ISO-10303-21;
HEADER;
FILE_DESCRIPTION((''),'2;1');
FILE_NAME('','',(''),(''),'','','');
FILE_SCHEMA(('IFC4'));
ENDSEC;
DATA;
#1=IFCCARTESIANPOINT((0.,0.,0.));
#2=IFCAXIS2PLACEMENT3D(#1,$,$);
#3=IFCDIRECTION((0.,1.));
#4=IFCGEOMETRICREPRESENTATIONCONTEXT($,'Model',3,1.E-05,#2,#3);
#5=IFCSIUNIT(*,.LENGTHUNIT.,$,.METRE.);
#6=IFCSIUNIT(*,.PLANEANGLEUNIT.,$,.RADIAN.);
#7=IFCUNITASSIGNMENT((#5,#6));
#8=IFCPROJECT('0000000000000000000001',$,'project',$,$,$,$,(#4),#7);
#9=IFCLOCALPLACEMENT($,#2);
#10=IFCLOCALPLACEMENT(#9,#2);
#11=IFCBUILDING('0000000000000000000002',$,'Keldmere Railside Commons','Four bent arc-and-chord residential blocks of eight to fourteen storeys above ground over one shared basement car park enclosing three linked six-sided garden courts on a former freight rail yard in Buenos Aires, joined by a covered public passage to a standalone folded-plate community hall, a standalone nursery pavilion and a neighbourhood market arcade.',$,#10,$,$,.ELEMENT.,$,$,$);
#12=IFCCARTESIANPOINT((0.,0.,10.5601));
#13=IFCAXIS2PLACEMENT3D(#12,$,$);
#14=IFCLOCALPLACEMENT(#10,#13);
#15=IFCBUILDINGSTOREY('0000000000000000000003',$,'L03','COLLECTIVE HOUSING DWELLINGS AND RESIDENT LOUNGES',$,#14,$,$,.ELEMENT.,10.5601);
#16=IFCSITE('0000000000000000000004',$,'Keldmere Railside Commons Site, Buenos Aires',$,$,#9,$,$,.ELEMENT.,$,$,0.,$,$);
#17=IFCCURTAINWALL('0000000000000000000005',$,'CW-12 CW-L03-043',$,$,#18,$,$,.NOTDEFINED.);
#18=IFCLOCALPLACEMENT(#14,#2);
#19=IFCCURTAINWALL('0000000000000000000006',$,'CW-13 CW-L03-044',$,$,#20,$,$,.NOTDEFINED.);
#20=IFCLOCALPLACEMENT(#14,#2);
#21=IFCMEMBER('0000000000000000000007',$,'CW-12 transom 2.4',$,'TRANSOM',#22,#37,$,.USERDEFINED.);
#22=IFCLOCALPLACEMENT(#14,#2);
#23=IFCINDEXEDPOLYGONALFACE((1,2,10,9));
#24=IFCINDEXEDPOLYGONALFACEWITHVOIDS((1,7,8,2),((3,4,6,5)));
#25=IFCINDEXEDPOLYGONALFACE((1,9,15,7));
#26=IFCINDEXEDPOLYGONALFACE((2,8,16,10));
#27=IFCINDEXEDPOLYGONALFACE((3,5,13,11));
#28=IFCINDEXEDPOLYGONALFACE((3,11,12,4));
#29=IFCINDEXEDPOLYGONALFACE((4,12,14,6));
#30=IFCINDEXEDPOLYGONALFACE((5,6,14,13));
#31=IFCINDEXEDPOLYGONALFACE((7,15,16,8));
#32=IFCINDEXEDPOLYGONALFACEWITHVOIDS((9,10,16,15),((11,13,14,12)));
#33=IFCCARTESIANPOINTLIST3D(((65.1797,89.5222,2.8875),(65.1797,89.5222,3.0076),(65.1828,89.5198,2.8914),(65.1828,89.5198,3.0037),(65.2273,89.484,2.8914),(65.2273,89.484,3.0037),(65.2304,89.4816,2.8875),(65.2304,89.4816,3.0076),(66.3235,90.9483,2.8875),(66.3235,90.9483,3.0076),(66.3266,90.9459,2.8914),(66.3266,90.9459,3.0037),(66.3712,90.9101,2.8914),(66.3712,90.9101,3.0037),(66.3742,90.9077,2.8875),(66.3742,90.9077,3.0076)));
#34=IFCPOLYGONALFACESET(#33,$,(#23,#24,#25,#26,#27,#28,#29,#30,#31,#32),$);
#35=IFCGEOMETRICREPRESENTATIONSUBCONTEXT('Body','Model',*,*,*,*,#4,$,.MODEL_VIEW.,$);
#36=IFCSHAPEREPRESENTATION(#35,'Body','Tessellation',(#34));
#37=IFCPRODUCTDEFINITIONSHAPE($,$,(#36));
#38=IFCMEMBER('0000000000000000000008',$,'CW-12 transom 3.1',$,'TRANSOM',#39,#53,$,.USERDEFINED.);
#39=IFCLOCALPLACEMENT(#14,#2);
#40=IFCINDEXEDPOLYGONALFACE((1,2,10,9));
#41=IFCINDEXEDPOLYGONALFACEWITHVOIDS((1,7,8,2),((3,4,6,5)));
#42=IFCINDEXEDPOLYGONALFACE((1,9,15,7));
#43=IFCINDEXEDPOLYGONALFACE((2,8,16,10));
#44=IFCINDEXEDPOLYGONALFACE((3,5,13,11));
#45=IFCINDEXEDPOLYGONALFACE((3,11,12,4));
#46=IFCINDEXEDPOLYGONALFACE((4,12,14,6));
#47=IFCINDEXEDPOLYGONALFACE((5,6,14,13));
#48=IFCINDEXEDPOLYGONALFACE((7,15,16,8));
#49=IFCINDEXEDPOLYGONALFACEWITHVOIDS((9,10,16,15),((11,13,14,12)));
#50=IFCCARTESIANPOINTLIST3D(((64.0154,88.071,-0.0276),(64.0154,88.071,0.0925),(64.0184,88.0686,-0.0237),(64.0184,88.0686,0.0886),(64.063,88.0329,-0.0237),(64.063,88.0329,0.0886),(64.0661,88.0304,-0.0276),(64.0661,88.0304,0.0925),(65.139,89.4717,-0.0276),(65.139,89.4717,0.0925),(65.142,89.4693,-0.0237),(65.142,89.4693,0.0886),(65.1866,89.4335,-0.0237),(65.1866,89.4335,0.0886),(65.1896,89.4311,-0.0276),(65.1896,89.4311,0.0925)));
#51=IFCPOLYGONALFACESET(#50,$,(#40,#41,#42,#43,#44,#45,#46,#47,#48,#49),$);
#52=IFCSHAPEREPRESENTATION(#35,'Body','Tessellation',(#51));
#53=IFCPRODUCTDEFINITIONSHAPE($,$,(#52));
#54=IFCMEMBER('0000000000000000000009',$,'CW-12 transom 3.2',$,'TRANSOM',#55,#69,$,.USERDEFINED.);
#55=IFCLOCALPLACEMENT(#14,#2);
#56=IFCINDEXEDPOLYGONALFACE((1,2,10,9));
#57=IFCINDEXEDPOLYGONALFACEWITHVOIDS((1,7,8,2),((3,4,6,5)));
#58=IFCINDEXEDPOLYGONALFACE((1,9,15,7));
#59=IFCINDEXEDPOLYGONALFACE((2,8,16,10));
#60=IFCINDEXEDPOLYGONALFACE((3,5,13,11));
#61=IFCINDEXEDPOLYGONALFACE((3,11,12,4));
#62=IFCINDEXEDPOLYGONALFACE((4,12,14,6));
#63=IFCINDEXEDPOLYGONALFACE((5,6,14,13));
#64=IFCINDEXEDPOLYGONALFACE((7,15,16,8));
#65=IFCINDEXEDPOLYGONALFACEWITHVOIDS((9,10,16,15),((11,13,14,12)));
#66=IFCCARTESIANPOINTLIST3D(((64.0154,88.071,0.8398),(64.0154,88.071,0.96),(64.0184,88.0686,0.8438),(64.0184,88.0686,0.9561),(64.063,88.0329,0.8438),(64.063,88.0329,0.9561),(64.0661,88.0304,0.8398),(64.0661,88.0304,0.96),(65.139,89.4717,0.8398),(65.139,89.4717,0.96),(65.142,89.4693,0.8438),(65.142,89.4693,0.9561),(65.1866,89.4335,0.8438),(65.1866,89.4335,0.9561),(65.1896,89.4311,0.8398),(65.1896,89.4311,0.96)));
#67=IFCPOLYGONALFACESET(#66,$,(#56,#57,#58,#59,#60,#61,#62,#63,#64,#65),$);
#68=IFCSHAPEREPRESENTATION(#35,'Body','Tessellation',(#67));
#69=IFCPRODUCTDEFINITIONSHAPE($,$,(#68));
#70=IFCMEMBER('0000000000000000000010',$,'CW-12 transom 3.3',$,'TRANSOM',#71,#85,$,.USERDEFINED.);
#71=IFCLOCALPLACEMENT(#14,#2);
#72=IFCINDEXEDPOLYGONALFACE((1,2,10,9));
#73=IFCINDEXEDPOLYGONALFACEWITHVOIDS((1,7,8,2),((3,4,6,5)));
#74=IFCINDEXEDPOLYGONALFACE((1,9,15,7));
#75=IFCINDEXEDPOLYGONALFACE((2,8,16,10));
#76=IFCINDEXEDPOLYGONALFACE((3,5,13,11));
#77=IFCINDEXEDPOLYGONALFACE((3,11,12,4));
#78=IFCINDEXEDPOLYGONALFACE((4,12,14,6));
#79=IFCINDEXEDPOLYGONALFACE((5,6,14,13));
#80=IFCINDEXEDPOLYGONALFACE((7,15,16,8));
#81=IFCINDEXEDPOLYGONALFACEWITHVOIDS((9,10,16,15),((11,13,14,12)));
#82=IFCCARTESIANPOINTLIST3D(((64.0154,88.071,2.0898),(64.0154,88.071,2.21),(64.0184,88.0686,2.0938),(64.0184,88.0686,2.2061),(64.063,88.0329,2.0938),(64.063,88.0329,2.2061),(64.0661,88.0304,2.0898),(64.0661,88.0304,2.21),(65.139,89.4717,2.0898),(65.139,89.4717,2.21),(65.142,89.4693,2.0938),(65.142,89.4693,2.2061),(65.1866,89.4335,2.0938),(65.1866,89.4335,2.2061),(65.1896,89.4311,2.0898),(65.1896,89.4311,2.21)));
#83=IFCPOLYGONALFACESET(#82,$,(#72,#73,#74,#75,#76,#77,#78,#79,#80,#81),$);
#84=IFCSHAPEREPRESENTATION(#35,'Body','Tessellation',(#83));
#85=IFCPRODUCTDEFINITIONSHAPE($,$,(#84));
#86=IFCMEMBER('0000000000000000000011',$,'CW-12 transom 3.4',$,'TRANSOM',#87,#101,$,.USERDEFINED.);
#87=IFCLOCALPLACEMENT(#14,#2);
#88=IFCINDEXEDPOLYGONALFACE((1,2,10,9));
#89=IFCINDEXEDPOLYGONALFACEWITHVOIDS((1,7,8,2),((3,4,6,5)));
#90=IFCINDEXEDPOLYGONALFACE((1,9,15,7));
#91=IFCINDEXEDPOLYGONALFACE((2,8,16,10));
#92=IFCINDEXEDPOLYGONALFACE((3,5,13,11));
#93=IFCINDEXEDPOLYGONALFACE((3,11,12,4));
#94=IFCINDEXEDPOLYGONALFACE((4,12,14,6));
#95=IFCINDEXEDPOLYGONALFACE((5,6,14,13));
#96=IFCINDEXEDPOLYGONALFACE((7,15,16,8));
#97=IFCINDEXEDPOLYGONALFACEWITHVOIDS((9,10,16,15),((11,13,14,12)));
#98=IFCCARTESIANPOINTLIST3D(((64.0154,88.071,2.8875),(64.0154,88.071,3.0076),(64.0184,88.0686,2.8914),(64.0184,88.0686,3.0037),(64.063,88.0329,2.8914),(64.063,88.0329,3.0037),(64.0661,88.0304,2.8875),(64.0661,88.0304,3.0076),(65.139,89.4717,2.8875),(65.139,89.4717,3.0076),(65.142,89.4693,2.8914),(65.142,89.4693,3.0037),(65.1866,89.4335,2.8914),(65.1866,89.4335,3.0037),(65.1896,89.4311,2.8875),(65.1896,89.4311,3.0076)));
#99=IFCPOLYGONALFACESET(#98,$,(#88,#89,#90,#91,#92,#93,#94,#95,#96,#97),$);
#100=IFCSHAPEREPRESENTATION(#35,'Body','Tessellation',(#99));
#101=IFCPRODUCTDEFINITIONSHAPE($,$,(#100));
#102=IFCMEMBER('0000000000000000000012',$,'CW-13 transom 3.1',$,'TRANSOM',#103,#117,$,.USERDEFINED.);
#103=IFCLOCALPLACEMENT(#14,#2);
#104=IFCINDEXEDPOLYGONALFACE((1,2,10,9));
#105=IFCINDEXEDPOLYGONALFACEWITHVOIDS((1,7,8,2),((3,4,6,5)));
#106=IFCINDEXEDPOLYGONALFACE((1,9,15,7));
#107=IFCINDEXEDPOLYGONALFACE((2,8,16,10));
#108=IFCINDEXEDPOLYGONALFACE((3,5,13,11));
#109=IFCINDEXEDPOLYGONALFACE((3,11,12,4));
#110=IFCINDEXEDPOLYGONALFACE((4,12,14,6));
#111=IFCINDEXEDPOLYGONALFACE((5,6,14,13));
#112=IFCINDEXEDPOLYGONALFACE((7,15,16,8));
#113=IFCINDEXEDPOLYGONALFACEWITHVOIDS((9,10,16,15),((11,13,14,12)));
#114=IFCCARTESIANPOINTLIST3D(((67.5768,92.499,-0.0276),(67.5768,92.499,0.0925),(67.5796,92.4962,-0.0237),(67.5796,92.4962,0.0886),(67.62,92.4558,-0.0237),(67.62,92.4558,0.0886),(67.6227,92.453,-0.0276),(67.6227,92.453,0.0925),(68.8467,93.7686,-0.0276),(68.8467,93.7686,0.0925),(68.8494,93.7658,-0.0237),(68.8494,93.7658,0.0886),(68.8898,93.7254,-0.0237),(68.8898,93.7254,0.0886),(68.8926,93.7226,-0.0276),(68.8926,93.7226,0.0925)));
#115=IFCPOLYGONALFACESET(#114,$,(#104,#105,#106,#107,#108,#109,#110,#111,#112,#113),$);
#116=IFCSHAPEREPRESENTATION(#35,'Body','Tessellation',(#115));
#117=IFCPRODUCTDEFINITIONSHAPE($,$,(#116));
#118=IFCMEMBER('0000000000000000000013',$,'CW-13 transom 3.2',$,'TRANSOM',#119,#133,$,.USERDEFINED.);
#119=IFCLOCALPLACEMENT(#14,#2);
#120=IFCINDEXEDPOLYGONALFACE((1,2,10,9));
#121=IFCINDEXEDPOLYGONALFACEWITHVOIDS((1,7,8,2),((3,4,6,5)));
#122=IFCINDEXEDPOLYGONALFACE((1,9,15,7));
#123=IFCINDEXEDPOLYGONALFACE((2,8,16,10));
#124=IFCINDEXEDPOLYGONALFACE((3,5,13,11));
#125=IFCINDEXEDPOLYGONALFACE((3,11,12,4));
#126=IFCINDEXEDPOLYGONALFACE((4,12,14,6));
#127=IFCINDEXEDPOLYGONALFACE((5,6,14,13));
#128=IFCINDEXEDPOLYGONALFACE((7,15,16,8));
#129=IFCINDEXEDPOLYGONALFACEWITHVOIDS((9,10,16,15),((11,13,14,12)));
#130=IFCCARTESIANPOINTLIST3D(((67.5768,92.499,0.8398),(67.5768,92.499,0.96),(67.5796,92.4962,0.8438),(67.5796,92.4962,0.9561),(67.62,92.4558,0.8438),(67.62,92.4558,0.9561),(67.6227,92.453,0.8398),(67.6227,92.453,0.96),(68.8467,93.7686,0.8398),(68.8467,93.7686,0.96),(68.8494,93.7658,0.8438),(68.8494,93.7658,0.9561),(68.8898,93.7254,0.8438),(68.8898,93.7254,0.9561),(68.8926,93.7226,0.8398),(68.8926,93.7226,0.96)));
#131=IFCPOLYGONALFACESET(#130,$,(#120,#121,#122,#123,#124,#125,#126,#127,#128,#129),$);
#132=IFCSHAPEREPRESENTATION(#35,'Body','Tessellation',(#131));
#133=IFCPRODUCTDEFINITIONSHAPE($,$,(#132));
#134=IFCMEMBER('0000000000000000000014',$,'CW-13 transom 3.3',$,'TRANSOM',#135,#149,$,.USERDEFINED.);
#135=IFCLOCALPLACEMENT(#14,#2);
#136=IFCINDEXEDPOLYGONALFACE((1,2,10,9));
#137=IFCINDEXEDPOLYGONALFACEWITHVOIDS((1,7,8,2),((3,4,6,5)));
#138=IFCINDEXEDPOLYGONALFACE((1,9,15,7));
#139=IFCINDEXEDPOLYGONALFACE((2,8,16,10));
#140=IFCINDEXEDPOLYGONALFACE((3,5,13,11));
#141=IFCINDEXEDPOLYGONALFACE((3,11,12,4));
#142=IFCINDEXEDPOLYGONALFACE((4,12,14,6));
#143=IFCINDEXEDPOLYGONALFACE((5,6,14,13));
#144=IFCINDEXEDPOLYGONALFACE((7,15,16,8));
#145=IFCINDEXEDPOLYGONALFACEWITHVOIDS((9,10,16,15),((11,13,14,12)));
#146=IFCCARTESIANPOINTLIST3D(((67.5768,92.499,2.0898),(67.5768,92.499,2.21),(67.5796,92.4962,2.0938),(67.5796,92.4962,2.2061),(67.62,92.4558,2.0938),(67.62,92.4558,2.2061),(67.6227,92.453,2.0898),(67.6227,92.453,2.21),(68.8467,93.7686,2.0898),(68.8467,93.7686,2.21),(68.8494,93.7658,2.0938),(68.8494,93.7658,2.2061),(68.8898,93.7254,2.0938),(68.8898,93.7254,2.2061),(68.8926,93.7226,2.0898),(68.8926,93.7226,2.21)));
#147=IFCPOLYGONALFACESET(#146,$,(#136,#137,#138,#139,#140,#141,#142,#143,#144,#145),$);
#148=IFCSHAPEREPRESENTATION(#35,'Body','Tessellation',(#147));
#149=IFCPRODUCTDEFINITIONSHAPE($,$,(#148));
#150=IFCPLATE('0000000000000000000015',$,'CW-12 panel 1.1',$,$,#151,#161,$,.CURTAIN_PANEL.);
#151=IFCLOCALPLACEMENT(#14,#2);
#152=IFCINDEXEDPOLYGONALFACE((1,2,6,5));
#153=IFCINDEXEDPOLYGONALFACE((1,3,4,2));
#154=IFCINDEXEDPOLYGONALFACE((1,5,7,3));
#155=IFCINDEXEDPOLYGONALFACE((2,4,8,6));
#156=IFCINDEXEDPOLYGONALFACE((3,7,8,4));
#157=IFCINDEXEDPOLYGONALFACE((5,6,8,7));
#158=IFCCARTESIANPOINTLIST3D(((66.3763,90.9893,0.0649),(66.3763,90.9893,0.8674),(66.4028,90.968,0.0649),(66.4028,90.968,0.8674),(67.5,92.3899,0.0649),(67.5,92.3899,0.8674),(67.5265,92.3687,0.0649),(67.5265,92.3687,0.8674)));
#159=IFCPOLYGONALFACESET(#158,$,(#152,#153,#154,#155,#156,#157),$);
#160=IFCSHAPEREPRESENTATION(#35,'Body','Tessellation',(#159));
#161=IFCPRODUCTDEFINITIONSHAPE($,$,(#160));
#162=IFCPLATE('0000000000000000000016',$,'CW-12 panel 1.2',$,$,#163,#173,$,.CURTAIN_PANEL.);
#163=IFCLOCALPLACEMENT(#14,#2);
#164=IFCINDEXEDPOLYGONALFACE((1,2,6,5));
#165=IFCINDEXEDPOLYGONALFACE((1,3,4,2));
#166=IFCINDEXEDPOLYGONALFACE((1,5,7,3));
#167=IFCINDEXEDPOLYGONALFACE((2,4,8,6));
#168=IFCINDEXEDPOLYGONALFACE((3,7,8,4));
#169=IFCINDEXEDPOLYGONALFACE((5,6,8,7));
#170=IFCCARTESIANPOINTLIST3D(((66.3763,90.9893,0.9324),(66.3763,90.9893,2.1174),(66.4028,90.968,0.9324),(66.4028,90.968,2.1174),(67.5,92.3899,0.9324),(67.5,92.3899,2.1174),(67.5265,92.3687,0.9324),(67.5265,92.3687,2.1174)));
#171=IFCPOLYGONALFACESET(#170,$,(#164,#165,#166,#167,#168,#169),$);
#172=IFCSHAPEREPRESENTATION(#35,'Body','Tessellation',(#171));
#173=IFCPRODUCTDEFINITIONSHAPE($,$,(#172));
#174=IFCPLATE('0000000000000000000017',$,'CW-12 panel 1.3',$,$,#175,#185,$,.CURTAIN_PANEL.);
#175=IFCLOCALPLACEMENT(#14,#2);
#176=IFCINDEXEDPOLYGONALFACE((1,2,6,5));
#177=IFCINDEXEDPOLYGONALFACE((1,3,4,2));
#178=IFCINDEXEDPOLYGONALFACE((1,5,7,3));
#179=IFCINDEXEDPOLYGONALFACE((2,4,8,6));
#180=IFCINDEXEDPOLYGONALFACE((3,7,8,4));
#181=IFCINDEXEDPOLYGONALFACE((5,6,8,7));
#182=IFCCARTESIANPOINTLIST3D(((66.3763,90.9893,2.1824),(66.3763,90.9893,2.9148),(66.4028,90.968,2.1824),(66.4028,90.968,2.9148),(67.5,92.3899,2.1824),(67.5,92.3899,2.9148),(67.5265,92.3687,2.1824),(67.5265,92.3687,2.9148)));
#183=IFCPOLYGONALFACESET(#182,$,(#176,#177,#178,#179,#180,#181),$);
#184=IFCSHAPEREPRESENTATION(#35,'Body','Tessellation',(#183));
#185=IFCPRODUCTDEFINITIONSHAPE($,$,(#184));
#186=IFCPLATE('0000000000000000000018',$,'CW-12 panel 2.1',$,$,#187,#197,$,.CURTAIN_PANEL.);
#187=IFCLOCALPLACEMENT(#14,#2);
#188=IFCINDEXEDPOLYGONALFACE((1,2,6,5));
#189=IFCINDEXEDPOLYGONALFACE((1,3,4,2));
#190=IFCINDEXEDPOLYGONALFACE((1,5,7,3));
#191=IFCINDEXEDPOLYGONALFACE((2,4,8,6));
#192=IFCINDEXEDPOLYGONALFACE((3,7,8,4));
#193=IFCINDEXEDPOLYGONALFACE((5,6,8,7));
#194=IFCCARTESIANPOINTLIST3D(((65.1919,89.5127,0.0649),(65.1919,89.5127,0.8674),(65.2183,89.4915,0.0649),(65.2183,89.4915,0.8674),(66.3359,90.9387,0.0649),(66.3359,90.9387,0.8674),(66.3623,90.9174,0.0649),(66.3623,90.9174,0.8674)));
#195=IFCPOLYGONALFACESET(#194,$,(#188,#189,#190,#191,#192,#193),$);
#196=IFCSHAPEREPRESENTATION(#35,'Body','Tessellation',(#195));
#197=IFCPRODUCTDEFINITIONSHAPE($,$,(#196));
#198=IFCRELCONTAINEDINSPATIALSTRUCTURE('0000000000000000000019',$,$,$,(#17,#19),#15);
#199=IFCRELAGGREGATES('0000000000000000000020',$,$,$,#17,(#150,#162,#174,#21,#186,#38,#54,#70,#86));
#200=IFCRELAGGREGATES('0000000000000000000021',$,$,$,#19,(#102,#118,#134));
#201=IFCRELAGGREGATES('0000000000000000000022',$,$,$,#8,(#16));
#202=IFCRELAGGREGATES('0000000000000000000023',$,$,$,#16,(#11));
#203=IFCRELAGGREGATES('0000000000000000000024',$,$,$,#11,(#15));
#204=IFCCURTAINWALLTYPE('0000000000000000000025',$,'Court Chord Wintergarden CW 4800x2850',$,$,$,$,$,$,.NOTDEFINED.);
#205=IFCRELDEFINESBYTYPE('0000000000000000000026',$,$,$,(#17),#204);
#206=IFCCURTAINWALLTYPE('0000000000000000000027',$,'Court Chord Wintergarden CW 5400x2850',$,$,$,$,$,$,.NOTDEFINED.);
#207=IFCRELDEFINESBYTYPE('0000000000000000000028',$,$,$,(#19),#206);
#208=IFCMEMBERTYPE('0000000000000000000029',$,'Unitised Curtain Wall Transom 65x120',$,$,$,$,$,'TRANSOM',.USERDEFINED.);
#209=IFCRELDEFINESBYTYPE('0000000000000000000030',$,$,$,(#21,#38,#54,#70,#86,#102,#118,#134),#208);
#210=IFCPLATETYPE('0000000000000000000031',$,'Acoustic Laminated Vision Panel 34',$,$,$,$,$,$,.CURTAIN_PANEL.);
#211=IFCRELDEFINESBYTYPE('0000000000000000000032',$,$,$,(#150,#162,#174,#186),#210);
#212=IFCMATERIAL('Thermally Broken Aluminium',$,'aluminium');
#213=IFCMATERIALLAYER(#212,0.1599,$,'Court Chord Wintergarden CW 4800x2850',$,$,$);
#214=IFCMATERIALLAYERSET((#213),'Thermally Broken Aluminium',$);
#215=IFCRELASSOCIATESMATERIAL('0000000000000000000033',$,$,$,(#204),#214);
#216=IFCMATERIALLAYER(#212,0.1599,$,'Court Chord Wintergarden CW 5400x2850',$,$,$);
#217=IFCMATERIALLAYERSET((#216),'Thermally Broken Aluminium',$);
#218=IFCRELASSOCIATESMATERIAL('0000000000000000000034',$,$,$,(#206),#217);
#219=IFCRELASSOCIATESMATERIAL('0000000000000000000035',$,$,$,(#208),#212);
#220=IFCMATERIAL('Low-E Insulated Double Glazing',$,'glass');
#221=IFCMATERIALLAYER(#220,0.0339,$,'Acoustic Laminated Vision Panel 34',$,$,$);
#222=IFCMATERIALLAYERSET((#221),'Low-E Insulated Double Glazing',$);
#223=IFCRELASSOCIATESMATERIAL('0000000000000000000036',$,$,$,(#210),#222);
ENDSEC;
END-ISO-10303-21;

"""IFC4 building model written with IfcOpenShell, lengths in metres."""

from ifc_helpers import new_model, si_unit, direction, frame, origin, origin_2d, place, context, subcontext, project, spatial, rectangle, hollow_rectangle, extrude, material, layer, layer_set, material_profile, profile_set, type_object, element, aggregate, save


model = new_model("IFC4")

# Units and contexts
model_context = context("Model", 3, precision=1e-05, world=origin(), true_north=direction((0.0, 1.0)))
body_context = subcontext(model_context, "Body", "Model", "MODEL_VIEW")
ifc_project = project(units=[si_unit("LENGTHUNIT", "METRE"), si_unit("PLANEANGLEUNIT", "RADIAN")], contexts=[model_context])

# Site, building, storey
site_placement = place(None, origin())
site = spatial("IfcSite", under=ifc_project, at=site_placement, Name="Keldmere Railside Commons Site, Buenos Aires", CompositionType="ELEMENT", RefElevation=0.0)
building_placement = place(site_placement, origin())
building = spatial("IfcBuilding", under=site, at=building_placement, Name="Keldmere Railside Commons", Description="Four bent arc-and-chord residential blocks of eight to fourteen storeys above ground over one shared basement car park enclosing three linked six-sided garden courts on a former freight rail yard in Buenos Aires, joined by a covered public passage to a standalone folded-plate community hall, a standalone nursery pavilion and a neighbourhood market arcade.", CompositionType="ELEMENT")
storey_placement = place(building_placement, frame((0.0, 0.0, 10.5601)))
storey = spatial("IfcBuildingStorey", under=building, at=storey_placement, Name="L03", Description="COLLECTIVE HOUSING DWELLINGS AND RESIDENT LOUNGES", CompositionType="ELEMENT", Elevation=10.5601)

# Curtain wall
ifc_material_1 = material(Name="Thermally Broken Aluminium", Category="aluminium")
ifc_layer_1 = layer(ifc_material_1, 0.1599, Name="Court Chord Wintergarden CW 4800x2850")
ifc_layer_set_1 = layer_set([ifc_layer_1], Name="Thermally Broken Aluminium")
curtain_wall_type_1 = type_object("IfcCurtainWallType", Name="Court Chord Wintergarden CW 4800x2850", PredefinedType="NOTDEFINED", material=ifc_layer_set_1)
curtain_wall_1_placement = place(storey_placement, origin())
curtain_wall_1 = element("IfcCurtainWall", 1, at=curtain_wall_1_placement, inside=storey, type_object=curtain_wall_type_1, Name="CW-12 CW-L03-043", PredefinedType="NOTDEFINED")

# Curtain wall
ifc_layer_2 = layer(ifc_material_1, 0.1599, Name="Court Chord Wintergarden CW 5400x2850")
ifc_layer_set_2 = layer_set([ifc_layer_2], Name="Thermally Broken Aluminium")
curtain_wall_type_2 = type_object("IfcCurtainWallType", Name="Court Chord Wintergarden CW 5400x2850", PredefinedType="NOTDEFINED", material=ifc_layer_set_2)
curtain_wall_2_placement = place(storey_placement, origin())
curtain_wall_2 = element("IfcCurtainWall", 2, at=curtain_wall_2_placement, inside=storey, type_object=curtain_wall_type_2, Name="CW-13 CW-L03-044", PredefinedType="NOTDEFINED")

# Members
ifc_material_profile_1 = material_profile(ifc_material_1, hollow_rectangle(XDim=0.0649, YDim=0.1201, WallThickness=0.0039, at=origin_2d()), Name="ALU-TRAN-65x120")
ifc_profile_set_1 = profile_set([ifc_material_profile_1], Name="Thermally Broken Aluminium")
member_type_1 = type_object("IfcMemberType", Name="Unitised Curtain Wall Transom 65x120", ElementType="TRANSOM", PredefinedType="USERDEFINED", material=ifc_profile_set_1)
member_1_placement = place(storey_placement, frame((66.3489, 90.928, 2.9475), z_axis=(-0.625688, -0.780073, 0.0), x_axis=(0.780073, -0.625688, 0.0)))
member_1 = element("IfcMember", 3, at=member_1_placement, type_object=member_type_1, Name="CW-12 transom 2.4", ObjectType="TRANSOM", PredefinedType="USERDEFINED", context=body_context, shape_type="SweptSolid", body=[
    extrude(hollow_rectangle(XDim=0.0649, YDim=0.1201, WallThickness=0.0039, at=origin_2d()), origin(), (0.0, 0.0, 1.0), 1.8281),
])
member_2_placement = place(storey_placement, frame((65.1643, 89.4514, 0.0325), z_axis=(-0.625723, -0.780046, 0.0), x_axis=(0.780046, -0.625723, 0.0)))
member_2 = element("IfcMember", 4, at=member_2_placement, type_object=member_type_1, Name="CW-12 transom 3.1", ObjectType="TRANSOM", PredefinedType="USERDEFINED", context=body_context, shape_type="SweptSolid", body=[
    extrude(hollow_rectangle(XDim=0.0649, YDim=0.1201, WallThickness=0.0039, at=origin_2d()), origin(), (0.0, 0.0, 1.0), 1.7957),
])
member_3_placement = place(storey_placement, frame((65.1643, 89.4514, 0.8999), z_axis=(-0.625723, -0.780046, 0.0), x_axis=(0.780046, -0.625723, 0.0)))
member_3 = element("IfcMember", 5, at=member_3_placement, type_object=member_type_1, Name="CW-12 transom 3.2", ObjectType="TRANSOM", PredefinedType="USERDEFINED", context=body_context, shape_type="SweptSolid", body=[
    extrude(hollow_rectangle(XDim=0.0649, YDim=0.1201, WallThickness=0.0039, at=origin_2d()), origin(), (0.0, 0.0, 1.0), 1.7957),
])
member_4_placement = place(storey_placement, frame((65.1643, 89.4514, 2.1499), z_axis=(-0.625723, -0.780046, 0.0), x_axis=(0.780046, -0.625723, 0.0)))
member_4 = element("IfcMember", 6, at=member_4_placement, type_object=member_type_1, Name="CW-12 transom 3.3", ObjectType="TRANSOM", PredefinedType="USERDEFINED", context=body_context, shape_type="SweptSolid", body=[
    extrude(hollow_rectangle(XDim=0.0649, YDim=0.1201, WallThickness=0.0039, at=origin_2d()), origin(), (0.0, 0.0, 1.0), 1.7957),
])
member_5_placement = place(storey_placement, frame((65.1643, 89.4514, 2.9475), z_axis=(-0.625723, -0.780046, 0.0), x_axis=(0.780046, -0.625723, 0.0)))
member_5 = element("IfcMember", 7, at=member_5_placement, type_object=member_type_1, Name="CW-12 transom 3.4", ObjectType="TRANSOM", PredefinedType="USERDEFINED", context=body_context, shape_type="SweptSolid", body=[
    extrude(hollow_rectangle(XDim=0.0649, YDim=0.1201, WallThickness=0.0039, at=origin_2d()), origin(), (0.0, 0.0, 1.0), 1.7957),
])
member_6_placement = place(storey_placement, frame((68.8696, 93.7456, 0.0325), z_axis=(-0.707175, -0.707039, 0.0), x_axis=(0.707039, -0.707175, 0.0)))
member_6 = element("IfcMember", 8, at=member_6_placement, type_object=member_type_1, Name="CW-13 transom 3.1", ObjectType="TRANSOM", PredefinedType="USERDEFINED", context=body_context, shape_type="SweptSolid", body=[
    extrude(hollow_rectangle(XDim=0.0649, YDim=0.1201, WallThickness=0.0039, at=origin_2d()), origin(), (0.0, 0.0, 1.0), 1.7957),
])
member_7_placement = place(storey_placement, frame((68.8696, 93.7456, 0.8999), z_axis=(-0.707175, -0.707039, 0.0), x_axis=(0.707039, -0.707175, 0.0)))
member_7 = element("IfcMember", 9, at=member_7_placement, type_object=member_type_1, Name="CW-13 transom 3.2", ObjectType="TRANSOM", PredefinedType="USERDEFINED", context=body_context, shape_type="SweptSolid", body=[
    extrude(hollow_rectangle(XDim=0.0649, YDim=0.1201, WallThickness=0.0039, at=origin_2d()), origin(), (0.0, 0.0, 1.0), 1.7957),
])
member_8_placement = place(storey_placement, frame((68.8696, 93.7456, 2.1499), z_axis=(-0.707175, -0.707039, 0.0), x_axis=(0.707039, -0.707175, 0.0)))
member_8 = element("IfcMember", 10, at=member_8_placement, type_object=member_type_1, Name="CW-13 transom 3.3", ObjectType="TRANSOM", PredefinedType="USERDEFINED", context=body_context, shape_type="SweptSolid", body=[
    extrude(hollow_rectangle(XDim=0.0649, YDim=0.1201, WallThickness=0.0039, at=origin_2d()), origin(), (0.0, 0.0, 1.0), 1.7957),
])

# Plates
ifc_material_2 = material(Name="Low-E Insulated Double Glazing", Category="glass")
ifc_layer_3 = layer(ifc_material_2, 0.0339, Name="Acoustic Laminated Vision Panel 34")
ifc_layer_set_3 = layer_set([ifc_layer_3], Name="Low-E Insulated Double Glazing")
plate_type_1 = type_object("IfcPlateType", Name="Acoustic Laminated Vision Panel 34", PredefinedType="CURTAIN_PANEL", material=ifc_layer_set_3)
plate_1_placement = place(storey_placement, frame((66.9514, 91.679, 0.0649), z_axis=(0.0, 0.0, 1.0), x_axis=(-0.625768, -0.780009, 0.0)))
plate_1 = element("IfcPlate", 11, at=plate_1_placement, type_object=plate_type_1, Name="CW-12 panel 1.1", PredefinedType="CURTAIN_PANEL", context=body_context, shape_type="SweptSolid", body=[
    extrude(rectangle(XDim=1.7957, YDim=0.0339, at=origin_2d()), origin(), (0.0, 0.0, 1.0), 0.8025),
])
plate_2_placement = place(storey_placement, frame((66.9514, 91.679, 0.9324), z_axis=(0.0, 0.0, 1.0), x_axis=(-0.625768, -0.780009, 0.0)))
plate_2 = element("IfcPlate", 12, at=plate_2_placement, type_object=plate_type_1, Name="CW-12 panel 1.2", PredefinedType="CURTAIN_PANEL", context=body_context, shape_type="SweptSolid", body=[
    extrude(rectangle(XDim=1.7957, YDim=0.0339, at=origin_2d()), origin(), (0.0, 0.0, 1.0), 1.1851),
])
plate_3_placement = place(storey_placement, frame((66.9514, 91.679, 2.1824), z_axis=(0.0, 0.0, 1.0), x_axis=(-0.625768, -0.780009, 0.0)))
plate_3 = element("IfcPlate", 13, at=plate_3_placement, type_object=plate_type_1, Name="CW-12 panel 1.3", PredefinedType="CURTAIN_PANEL", context=body_context, shape_type="SweptSolid", body=[
    extrude(rectangle(XDim=1.7957, YDim=0.0339, at=origin_2d()), origin(), (0.0, 0.0, 1.0), 0.7324),
])
plate_4_placement = place(storey_placement, frame((65.7771, 90.2151, 0.0649), z_axis=(0.0, 0.0, 1.0), x_axis=(-0.625768, -0.780009, 0.0)))
plate_4 = element("IfcPlate", 14, at=plate_4_placement, type_object=plate_type_1, Name="CW-12 panel 2.1", PredefinedType="CURTAIN_PANEL", context=body_context, shape_type="SweptSolid", body=[
    extrude(rectangle(XDim=1.8281, YDim=0.0339, at=origin_2d()), origin(), (0.0, 0.0, 1.0), 0.8025),
])
aggregate(curtain_wall_1, [plate_1, plate_2, plate_3, member_1, plate_4, member_2, member_3, member_4, member_5])
aggregate(curtain_wall_2, [member_6, member_7, member_8])

save(model, "model.ifc")
